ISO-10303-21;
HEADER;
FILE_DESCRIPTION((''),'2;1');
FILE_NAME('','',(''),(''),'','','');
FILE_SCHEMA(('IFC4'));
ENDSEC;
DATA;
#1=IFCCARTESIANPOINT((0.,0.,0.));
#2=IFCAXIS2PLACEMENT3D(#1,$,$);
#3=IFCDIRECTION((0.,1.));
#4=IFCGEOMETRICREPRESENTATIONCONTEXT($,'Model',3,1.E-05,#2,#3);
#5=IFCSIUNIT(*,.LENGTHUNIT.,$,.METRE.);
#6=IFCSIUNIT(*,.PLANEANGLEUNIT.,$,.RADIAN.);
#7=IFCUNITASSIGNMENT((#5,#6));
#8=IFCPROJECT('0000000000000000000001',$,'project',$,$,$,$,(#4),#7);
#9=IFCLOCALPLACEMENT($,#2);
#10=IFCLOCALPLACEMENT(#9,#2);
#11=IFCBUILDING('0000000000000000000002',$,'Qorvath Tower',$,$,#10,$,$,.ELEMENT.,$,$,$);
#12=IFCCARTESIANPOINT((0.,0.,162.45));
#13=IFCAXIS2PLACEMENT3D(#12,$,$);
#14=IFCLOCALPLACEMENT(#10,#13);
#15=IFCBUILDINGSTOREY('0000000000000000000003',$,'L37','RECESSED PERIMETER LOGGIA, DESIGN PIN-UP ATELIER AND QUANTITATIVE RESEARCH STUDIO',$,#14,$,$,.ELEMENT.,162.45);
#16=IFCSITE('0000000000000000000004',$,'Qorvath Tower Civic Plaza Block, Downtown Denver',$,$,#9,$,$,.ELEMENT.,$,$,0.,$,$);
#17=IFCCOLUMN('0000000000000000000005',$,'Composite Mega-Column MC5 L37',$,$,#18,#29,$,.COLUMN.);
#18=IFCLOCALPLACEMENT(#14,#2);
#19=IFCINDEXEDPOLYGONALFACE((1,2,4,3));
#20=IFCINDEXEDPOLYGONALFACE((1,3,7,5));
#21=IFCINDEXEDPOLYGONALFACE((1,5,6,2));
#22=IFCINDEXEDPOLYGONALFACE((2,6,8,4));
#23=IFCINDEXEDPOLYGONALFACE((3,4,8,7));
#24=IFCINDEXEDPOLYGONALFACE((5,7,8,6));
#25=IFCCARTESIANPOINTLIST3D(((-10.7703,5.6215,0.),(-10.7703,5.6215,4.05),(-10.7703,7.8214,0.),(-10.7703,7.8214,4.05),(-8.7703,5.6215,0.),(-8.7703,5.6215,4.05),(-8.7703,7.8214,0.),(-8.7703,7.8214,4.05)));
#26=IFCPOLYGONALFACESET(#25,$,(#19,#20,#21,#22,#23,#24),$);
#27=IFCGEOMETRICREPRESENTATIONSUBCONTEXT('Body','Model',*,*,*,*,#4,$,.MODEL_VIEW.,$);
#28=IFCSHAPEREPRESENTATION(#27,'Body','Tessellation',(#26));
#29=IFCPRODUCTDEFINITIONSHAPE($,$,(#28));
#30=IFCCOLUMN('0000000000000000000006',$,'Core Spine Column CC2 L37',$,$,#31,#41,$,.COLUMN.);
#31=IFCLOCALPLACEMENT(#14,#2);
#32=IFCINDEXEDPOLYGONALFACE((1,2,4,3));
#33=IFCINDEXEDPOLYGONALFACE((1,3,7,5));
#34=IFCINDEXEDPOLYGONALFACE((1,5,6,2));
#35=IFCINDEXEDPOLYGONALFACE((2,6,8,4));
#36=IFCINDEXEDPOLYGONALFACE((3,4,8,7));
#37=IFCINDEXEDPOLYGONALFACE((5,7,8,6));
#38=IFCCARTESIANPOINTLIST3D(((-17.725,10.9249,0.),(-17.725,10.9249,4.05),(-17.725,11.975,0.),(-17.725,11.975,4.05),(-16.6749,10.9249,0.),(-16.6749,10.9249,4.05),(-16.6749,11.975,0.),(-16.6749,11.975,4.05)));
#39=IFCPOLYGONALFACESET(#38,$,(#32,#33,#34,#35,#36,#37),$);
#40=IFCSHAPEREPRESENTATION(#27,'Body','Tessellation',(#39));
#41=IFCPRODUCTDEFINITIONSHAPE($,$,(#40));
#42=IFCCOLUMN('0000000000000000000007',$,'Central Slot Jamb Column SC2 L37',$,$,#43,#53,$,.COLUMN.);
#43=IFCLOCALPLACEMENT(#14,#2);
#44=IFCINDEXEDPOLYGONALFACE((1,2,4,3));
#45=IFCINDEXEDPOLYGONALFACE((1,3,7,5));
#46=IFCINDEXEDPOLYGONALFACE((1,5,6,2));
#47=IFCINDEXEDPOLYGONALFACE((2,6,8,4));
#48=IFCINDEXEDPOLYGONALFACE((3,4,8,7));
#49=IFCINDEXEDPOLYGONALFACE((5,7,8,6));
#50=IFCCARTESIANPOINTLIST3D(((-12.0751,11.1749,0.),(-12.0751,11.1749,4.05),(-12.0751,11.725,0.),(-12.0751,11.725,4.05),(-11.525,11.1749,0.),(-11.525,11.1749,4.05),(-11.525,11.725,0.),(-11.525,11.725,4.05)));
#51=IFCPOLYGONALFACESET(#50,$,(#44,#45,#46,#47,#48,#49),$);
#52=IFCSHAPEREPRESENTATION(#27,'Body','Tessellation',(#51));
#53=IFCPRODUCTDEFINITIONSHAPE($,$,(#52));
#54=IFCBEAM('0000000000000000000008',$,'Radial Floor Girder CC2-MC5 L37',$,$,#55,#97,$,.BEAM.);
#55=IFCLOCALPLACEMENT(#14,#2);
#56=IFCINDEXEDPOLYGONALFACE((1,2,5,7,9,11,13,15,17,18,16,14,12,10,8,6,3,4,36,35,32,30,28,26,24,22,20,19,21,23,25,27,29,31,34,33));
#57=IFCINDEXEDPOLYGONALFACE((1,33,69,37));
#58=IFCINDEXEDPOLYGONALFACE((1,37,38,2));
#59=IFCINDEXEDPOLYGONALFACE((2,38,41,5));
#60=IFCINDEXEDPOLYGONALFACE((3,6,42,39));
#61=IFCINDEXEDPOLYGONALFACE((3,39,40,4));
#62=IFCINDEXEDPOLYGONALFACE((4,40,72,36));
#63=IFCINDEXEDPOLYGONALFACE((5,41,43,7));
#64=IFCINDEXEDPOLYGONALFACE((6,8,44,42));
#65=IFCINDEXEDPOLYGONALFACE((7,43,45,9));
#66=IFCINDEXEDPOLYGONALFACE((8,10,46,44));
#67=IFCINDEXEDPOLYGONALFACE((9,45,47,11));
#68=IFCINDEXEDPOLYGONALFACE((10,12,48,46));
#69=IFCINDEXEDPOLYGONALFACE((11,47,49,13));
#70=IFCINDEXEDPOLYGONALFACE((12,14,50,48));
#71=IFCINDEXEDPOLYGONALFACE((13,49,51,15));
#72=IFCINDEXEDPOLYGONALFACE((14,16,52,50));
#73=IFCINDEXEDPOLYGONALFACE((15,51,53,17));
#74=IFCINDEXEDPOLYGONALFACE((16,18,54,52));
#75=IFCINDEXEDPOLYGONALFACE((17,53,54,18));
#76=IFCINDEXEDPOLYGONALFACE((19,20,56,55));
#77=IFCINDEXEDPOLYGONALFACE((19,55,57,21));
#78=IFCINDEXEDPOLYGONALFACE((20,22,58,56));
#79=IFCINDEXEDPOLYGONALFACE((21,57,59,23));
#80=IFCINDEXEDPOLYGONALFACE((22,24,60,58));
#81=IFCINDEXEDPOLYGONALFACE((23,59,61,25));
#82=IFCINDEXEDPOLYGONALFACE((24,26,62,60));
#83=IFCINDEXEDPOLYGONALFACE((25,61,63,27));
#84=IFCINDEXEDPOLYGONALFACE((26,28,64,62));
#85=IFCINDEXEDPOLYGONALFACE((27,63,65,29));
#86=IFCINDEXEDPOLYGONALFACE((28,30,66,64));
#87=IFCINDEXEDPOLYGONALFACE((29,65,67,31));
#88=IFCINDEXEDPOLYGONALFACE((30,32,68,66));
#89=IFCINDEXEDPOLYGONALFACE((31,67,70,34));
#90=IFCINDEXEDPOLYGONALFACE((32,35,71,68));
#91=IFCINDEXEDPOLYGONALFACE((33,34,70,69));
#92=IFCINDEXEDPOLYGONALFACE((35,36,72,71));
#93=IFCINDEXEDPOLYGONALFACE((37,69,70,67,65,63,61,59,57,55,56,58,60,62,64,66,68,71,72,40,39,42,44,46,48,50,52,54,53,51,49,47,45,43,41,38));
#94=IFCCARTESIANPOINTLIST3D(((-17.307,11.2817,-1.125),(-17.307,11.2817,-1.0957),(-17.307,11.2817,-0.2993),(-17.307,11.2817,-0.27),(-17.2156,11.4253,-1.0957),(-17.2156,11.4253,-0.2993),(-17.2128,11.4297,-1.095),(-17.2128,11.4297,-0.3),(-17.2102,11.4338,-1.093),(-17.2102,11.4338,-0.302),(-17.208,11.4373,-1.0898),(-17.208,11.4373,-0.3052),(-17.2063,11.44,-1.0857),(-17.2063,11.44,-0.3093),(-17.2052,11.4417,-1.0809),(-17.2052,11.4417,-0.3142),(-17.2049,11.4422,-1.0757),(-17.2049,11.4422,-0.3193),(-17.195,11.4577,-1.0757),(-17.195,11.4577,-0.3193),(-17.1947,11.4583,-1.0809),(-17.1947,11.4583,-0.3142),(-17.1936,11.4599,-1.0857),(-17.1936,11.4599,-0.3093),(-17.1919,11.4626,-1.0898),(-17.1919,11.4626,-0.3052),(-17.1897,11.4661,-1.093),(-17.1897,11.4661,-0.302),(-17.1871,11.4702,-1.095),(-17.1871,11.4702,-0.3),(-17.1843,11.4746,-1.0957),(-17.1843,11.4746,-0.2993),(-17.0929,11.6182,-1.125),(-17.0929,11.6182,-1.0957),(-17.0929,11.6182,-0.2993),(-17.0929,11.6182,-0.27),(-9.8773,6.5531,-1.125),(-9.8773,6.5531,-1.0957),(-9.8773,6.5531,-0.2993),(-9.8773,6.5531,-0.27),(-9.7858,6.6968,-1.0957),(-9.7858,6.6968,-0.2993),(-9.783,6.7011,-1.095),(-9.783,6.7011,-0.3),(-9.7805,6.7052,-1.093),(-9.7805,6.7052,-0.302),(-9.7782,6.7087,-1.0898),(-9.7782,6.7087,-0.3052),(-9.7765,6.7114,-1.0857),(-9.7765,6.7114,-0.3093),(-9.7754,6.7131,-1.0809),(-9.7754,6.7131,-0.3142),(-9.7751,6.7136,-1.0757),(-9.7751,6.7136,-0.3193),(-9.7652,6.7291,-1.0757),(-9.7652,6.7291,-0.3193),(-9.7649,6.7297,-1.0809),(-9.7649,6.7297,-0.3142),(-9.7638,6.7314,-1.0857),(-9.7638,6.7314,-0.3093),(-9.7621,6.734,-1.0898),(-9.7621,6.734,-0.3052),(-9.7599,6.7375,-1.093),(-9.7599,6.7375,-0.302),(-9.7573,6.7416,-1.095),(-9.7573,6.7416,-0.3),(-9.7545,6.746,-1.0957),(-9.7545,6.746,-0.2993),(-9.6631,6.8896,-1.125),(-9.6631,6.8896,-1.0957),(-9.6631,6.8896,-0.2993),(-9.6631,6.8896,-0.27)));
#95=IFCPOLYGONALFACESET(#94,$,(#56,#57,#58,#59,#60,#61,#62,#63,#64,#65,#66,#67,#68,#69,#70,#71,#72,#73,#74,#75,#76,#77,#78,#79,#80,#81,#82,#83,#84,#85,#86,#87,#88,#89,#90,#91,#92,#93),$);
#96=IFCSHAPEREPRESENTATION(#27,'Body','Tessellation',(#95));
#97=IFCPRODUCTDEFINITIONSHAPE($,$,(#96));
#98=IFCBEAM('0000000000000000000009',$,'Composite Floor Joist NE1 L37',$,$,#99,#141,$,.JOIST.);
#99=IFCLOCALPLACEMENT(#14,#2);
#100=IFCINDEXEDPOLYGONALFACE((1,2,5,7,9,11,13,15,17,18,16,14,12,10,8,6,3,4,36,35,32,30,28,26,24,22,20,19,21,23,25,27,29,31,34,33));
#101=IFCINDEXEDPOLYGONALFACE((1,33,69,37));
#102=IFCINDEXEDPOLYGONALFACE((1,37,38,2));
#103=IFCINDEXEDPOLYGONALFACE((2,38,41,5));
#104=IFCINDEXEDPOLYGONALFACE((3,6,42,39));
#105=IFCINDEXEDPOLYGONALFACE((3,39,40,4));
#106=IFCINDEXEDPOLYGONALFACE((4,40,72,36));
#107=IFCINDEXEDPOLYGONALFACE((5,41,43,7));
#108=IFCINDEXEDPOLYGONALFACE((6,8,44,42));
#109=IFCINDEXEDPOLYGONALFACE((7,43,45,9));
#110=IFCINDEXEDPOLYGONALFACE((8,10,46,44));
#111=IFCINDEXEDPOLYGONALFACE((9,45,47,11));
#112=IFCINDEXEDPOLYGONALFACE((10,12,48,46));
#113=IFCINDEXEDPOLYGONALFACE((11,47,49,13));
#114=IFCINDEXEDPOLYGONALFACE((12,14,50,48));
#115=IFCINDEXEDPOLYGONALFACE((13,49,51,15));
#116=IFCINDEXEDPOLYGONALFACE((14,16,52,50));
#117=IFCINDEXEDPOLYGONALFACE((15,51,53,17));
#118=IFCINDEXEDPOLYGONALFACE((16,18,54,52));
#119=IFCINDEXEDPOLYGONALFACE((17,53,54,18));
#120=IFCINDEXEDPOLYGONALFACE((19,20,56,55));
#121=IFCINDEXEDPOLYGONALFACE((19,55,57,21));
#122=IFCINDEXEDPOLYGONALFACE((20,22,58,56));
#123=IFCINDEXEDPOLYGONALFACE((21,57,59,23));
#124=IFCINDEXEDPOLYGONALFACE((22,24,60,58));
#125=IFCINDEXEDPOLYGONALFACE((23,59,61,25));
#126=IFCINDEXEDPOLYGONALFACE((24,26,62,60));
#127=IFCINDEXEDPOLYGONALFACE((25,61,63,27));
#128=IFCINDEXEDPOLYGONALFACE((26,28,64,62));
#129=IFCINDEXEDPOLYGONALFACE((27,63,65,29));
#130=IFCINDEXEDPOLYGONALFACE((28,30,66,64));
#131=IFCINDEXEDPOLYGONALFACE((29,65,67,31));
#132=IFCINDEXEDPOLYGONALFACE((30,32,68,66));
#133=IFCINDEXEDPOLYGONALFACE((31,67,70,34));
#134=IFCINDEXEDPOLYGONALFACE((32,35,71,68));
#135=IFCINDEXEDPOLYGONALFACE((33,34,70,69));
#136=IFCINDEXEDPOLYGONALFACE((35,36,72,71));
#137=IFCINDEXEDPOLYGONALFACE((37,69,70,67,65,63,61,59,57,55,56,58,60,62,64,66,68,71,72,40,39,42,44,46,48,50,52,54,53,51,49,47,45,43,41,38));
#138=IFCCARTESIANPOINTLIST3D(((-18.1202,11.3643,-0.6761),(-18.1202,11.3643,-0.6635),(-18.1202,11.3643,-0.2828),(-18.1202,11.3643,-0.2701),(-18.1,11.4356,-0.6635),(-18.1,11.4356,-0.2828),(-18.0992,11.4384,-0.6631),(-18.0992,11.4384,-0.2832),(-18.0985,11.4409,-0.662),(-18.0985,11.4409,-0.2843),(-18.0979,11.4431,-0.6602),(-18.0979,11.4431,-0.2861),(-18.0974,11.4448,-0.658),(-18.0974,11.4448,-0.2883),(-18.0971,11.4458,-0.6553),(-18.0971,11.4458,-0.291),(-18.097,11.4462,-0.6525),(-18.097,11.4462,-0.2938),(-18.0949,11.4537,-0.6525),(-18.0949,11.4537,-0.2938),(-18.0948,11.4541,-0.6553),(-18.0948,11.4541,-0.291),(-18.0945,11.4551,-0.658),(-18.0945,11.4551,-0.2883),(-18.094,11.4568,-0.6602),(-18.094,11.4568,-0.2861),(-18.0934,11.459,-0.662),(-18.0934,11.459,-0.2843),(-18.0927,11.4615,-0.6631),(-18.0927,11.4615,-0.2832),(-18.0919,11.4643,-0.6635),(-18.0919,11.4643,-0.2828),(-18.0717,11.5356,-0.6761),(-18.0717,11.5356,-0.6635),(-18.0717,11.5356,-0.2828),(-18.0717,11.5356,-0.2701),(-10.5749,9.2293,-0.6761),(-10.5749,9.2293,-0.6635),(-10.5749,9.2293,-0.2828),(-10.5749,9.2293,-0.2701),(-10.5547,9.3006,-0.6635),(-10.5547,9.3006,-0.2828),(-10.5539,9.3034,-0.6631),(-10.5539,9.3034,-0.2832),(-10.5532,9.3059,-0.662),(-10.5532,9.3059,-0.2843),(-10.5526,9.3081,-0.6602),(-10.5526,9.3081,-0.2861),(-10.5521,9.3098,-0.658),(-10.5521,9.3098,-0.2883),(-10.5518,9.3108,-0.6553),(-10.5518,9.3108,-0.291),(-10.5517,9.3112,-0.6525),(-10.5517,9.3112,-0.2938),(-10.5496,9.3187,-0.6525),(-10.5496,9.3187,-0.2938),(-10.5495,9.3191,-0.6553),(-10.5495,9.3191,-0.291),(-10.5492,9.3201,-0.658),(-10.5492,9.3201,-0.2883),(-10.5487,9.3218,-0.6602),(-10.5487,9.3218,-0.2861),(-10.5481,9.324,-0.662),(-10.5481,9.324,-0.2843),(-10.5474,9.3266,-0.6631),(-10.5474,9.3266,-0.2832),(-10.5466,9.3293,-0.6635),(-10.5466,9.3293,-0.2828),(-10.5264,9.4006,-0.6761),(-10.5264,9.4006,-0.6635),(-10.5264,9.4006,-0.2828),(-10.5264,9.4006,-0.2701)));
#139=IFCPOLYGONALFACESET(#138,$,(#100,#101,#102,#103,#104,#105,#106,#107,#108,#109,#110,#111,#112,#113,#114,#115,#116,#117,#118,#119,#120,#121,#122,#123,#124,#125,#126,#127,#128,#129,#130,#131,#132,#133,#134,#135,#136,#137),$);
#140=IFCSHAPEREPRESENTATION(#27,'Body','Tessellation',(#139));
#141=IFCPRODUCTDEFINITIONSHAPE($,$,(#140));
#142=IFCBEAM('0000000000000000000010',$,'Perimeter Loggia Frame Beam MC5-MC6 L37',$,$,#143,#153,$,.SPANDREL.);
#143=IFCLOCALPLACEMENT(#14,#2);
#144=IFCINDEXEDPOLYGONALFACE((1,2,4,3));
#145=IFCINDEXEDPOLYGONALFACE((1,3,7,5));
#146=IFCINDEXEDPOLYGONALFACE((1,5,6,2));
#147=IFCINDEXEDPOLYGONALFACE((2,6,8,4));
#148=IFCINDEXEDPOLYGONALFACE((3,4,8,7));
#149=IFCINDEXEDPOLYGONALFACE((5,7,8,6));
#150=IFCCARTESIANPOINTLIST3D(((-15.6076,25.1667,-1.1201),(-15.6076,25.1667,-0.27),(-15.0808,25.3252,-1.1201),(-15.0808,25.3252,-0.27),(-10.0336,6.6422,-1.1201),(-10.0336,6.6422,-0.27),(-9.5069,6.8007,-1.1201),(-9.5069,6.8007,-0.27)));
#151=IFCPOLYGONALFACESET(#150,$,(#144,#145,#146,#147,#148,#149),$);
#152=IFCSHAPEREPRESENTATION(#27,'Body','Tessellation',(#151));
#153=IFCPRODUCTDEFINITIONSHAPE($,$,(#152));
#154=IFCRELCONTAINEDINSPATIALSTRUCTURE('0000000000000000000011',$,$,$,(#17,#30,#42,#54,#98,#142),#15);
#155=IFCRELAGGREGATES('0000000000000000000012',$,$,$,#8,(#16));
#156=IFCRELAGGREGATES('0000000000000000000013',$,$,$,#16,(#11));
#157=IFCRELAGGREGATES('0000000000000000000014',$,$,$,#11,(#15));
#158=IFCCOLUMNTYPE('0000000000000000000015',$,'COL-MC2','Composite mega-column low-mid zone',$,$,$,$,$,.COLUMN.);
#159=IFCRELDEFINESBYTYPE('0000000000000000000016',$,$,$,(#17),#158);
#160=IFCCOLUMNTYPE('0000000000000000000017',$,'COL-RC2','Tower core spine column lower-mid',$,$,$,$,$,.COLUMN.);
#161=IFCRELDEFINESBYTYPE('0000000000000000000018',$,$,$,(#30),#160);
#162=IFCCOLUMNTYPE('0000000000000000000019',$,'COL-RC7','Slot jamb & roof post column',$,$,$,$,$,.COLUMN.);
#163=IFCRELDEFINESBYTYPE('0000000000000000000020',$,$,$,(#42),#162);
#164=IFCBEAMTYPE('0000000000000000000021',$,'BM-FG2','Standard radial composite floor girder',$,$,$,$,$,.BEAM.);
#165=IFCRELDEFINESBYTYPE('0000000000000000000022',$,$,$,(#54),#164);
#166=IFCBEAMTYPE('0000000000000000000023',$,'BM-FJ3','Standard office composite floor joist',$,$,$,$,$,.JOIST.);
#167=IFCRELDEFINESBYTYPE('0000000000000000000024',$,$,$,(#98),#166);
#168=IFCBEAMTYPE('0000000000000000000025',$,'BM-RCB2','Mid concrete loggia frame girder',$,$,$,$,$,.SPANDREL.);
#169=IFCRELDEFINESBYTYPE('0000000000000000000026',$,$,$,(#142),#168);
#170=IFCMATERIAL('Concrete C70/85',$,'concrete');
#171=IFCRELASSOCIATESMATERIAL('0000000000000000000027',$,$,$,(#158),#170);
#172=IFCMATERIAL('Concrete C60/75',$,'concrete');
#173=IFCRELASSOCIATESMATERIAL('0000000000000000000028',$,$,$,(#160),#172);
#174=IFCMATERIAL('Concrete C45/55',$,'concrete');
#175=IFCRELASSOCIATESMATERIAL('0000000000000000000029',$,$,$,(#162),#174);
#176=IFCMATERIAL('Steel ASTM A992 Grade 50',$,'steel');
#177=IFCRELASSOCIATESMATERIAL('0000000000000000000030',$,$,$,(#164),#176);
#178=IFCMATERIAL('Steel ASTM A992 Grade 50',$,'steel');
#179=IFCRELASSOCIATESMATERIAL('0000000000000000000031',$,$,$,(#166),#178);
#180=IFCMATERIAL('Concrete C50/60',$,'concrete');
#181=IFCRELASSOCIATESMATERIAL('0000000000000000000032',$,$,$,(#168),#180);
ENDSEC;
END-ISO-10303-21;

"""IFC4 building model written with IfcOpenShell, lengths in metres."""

from ifc_helpers import new_model, si_unit, direction, frame, origin, origin_2d, place, context, subcontext, project, spatial, rectangle, i_section, extrude, material, material_profile, profile_set, type_object, element, save


model = new_model("IFC4")

# Units and contexts
model_context = context("Model", 3, precision=1e-05, world=origin(), true_north=direction((0.0, 1.0)))
body_context = subcontext(model_context, "Body", "Model", "MODEL_VIEW")
ifc_project = project(units=[si_unit("LENGTHUNIT", "METRE"), si_unit("PLANEANGLEUNIT", "RADIAN")], contexts=[model_context])

# Site, building, storey
site_placement = place(None, origin())
site = spatial("IfcSite", under=ifc_project, at=site_placement, Name="Qorvath Tower Civic Plaza Block, Downtown Denver", CompositionType="ELEMENT", RefElevation=0.0)
building_placement = place(site_placement, origin())
building = spatial("IfcBuilding", under=site, at=building_placement, Name="Qorvath Tower", CompositionType="ELEMENT")
storey_placement = place(building_placement, frame((0.0, 0.0, 162.45)))
storey = spatial("IfcBuildingStorey", under=building, at=storey_placement, Name="L37", Description="RECESSED PERIMETER LOGGIA, DESIGN PIN-UP ATELIER AND QUANTITATIVE RESEARCH STUDIO", CompositionType="ELEMENT", Elevation=162.45)

# Columns
ifc_material_1 = material(Name="Concrete C70/85", Category="concrete")
ifc_material_profile_1 = material_profile(ifc_material_1, rectangle(XDim=2.0, YDim=2.2, at=origin_2d()), Name="MC 2200x2000")
ifc_profile_set_1 = profile_set([ifc_material_profile_1], Name="Concrete C70/85")
column_type_1 = type_object("IfcColumnType", Name="COL-MC2", Description="Composite mega-column low-mid zone", PredefinedType="COLUMN", material=ifc_profile_set_1)
column_1_placement = place(storey_placement, frame((-9.7703, 6.7214, 0.0), z_axis=(0.0, 0.0, 1.0), x_axis=(1.0, 0.0, 0.0)))
element("IfcColumn", 1, at=column_1_placement, inside=storey, type_object=column_type_1, Name="Composite Mega-Column MC5 L37", PredefinedType="COLUMN", context=body_context, shape_type="SweptSolid", body=[
    extrude(rectangle(XDim=2.0, YDim=2.2, at=origin_2d()), origin(), (0.0, 0.0, 1.0), 4.05),
])
ifc_material_2 = material(Name="Concrete C60/75", Category="concrete")
ifc_material_profile_2 = material_profile(ifc_material_2, rectangle(XDim=1.05, YDim=1.05, at=origin_2d()), Name="RC 1050x1050")
ifc_profile_set_2 = profile_set([ifc_material_profile_2], Name="Concrete C60/75")
column_type_2 = type_object("IfcColumnType", Name="COL-RC2", Description="Tower core spine column lower-mid", PredefinedType="COLUMN", material=ifc_profile_set_2)
column_2_placement = place(storey_placement, frame((-17.2, 11.45, 0.0), z_axis=(0.0, 0.0, 1.0), x_axis=(1.0, 0.0, 0.0)))
element("IfcColumn", 2, at=column_2_placement, inside=storey, type_object=column_type_2, Name="Core Spine Column CC2 L37", PredefinedType="COLUMN", context=body_context, shape_type="SweptSolid", body=[
    extrude(rectangle(XDim=1.05, YDim=1.05, at=origin_2d()), origin(), (0.0, 0.0, 1.0), 4.05),
])
ifc_material_3 = material(Name="Concrete C45/55", Category="concrete")
ifc_material_profile_3 = material_profile(ifc_material_3, rectangle(XDim=0.55, YDim=0.55, at=origin_2d()), Name="RC 550x550")
ifc_profile_set_3 = profile_set([ifc_material_profile_3], Name="Concrete C45/55")
column_type_3 = type_object("IfcColumnType", Name="COL-RC7", Description="Slot jamb & roof post column", PredefinedType="COLUMN", material=ifc_profile_set_3)
column_3_placement = place(storey_placement, frame((-11.8, 11.45, 0.0), z_axis=(0.0, 0.0, 1.0), x_axis=(1.0, 0.0, 0.0)))
element("IfcColumn", 3, at=column_3_placement, inside=storey, type_object=column_type_3, Name="Central Slot Jamb Column SC2 L37", PredefinedType="COLUMN", context=body_context, shape_type="SweptSolid", body=[
    extrude(rectangle(XDim=0.55, YDim=0.55, at=origin_2d()), origin(), (0.0, 0.0, 1.0), 4.05),
])

# Beams
ifc_material_4 = material(Name="Steel ASTM A992 Grade 50", Category="steel")
ifc_material_profile_4 = material_profile(ifc_material_4, i_section(OverallWidth=0.3989, OverallDepth=0.855, WebThickness=0.0183, FlangeThickness=0.0293, FilletRadius=0.02, at=origin_2d()), Name="W33x201")
ifc_profile_set_4 = profile_set([ifc_material_profile_4], Name="Steel ASTM A992 Grade 50")
beam_type_1 = type_object("IfcBeamType", Name="BM-FG2", Description="Standard radial composite floor girder", PredefinedType="BEAM", material=ifc_profile_set_4)
beam_1_placement = place(storey_placement, frame((-17.2, 11.45, -0.6975), z_axis=(0.843634, -0.536919, 0.0), x_axis=(0.536919, 0.843634, 0.0)))
element("IfcBeam", 4, at=beam_1_placement, inside=storey, type_object=beam_type_1, Name="Radial Floor Girder CC2-MC5 L37", PredefinedType="BEAM", context=body_context, shape_type="SweptSolid", body=[
    extrude(i_section(OverallWidth=0.3989, OverallDepth=0.855, WebThickness=0.0183, FlangeThickness=0.0293, FilletRadius=0.02, at=origin_2d()), origin(), (0.0, 0.0, 1.0), 8.8069),
])
ifc_material_5 = material(Name="Steel ASTM A992 Grade 50", Category="steel")
ifc_material_profile_5 = material_profile(ifc_material_5, i_section(OverallWidth=0.178, OverallDepth=0.406, WebThickness=0.0078, FlangeThickness=0.0127, FilletRadius=0.011, at=origin_2d()), Name="W16x40")
ifc_profile_set_5 = profile_set([ifc_material_profile_5], Name="Steel ASTM A992 Grade 50")
beam_type_2 = type_object("IfcBeamType", Name="BM-FJ3", Description="Standard office composite floor joist", PredefinedType="JOIST", material=ifc_profile_set_5)
beam_2_placement = place(storey_placement, frame((-18.0959, 11.45, -0.4731), z_axis=(0.962222, -0.272265, 0.0), x_axis=(0.272265, 0.962222, 0.0)))
element("IfcBeam", 5, at=beam_2_placement, inside=storey, type_object=beam_type_2, Name="Composite Floor Joist NE1 L37", PredefinedType="JOIST", context=body_context, shape_type="SweptSolid", body=[
    extrude(i_section(OverallWidth=0.178, OverallDepth=0.406, WebThickness=0.0078, FlangeThickness=0.0127, FilletRadius=0.011, at=origin_2d()), origin(), (0.0, 0.0, 1.0), 7.8416),
])
ifc_material_6 = material(Name="Concrete C50/60", Category="concrete")
ifc_material_profile_6 = material_profile(ifc_material_6, rectangle(XDim=0.55, YDim=0.8501, at=origin_2d()), Name="RCB 850x550")
ifc_profile_set_6 = profile_set([ifc_material_profile_6], Name="Concrete C50/60")
beam_type_3 = type_object("IfcBeamType", Name="BM-RCB2", Description="Mid concrete loggia frame girder", PredefinedType="SPANDREL", material=ifc_profile_set_6)
beam_3_placement = place(storey_placement, frame((-9.7703, 6.7214, -0.6951), z_axis=(-0.288134, 0.95759, 0.0), x_axis=(-0.95759, -0.288134, 0.0)))
element("IfcBeam", 6, at=beam_3_placement, inside=storey, type_object=beam_type_3, Name="Perimeter Loggia Frame Beam MC5-MC6 L37", PredefinedType="SPANDREL", context=body_context, shape_type="SweptSolid", body=[
    extrude(rectangle(XDim=0.55, YDim=0.8501, at=origin_2d()), origin(), (0.0, 0.0, 1.0), 19.345),
])

save(model, "model.ifc")
